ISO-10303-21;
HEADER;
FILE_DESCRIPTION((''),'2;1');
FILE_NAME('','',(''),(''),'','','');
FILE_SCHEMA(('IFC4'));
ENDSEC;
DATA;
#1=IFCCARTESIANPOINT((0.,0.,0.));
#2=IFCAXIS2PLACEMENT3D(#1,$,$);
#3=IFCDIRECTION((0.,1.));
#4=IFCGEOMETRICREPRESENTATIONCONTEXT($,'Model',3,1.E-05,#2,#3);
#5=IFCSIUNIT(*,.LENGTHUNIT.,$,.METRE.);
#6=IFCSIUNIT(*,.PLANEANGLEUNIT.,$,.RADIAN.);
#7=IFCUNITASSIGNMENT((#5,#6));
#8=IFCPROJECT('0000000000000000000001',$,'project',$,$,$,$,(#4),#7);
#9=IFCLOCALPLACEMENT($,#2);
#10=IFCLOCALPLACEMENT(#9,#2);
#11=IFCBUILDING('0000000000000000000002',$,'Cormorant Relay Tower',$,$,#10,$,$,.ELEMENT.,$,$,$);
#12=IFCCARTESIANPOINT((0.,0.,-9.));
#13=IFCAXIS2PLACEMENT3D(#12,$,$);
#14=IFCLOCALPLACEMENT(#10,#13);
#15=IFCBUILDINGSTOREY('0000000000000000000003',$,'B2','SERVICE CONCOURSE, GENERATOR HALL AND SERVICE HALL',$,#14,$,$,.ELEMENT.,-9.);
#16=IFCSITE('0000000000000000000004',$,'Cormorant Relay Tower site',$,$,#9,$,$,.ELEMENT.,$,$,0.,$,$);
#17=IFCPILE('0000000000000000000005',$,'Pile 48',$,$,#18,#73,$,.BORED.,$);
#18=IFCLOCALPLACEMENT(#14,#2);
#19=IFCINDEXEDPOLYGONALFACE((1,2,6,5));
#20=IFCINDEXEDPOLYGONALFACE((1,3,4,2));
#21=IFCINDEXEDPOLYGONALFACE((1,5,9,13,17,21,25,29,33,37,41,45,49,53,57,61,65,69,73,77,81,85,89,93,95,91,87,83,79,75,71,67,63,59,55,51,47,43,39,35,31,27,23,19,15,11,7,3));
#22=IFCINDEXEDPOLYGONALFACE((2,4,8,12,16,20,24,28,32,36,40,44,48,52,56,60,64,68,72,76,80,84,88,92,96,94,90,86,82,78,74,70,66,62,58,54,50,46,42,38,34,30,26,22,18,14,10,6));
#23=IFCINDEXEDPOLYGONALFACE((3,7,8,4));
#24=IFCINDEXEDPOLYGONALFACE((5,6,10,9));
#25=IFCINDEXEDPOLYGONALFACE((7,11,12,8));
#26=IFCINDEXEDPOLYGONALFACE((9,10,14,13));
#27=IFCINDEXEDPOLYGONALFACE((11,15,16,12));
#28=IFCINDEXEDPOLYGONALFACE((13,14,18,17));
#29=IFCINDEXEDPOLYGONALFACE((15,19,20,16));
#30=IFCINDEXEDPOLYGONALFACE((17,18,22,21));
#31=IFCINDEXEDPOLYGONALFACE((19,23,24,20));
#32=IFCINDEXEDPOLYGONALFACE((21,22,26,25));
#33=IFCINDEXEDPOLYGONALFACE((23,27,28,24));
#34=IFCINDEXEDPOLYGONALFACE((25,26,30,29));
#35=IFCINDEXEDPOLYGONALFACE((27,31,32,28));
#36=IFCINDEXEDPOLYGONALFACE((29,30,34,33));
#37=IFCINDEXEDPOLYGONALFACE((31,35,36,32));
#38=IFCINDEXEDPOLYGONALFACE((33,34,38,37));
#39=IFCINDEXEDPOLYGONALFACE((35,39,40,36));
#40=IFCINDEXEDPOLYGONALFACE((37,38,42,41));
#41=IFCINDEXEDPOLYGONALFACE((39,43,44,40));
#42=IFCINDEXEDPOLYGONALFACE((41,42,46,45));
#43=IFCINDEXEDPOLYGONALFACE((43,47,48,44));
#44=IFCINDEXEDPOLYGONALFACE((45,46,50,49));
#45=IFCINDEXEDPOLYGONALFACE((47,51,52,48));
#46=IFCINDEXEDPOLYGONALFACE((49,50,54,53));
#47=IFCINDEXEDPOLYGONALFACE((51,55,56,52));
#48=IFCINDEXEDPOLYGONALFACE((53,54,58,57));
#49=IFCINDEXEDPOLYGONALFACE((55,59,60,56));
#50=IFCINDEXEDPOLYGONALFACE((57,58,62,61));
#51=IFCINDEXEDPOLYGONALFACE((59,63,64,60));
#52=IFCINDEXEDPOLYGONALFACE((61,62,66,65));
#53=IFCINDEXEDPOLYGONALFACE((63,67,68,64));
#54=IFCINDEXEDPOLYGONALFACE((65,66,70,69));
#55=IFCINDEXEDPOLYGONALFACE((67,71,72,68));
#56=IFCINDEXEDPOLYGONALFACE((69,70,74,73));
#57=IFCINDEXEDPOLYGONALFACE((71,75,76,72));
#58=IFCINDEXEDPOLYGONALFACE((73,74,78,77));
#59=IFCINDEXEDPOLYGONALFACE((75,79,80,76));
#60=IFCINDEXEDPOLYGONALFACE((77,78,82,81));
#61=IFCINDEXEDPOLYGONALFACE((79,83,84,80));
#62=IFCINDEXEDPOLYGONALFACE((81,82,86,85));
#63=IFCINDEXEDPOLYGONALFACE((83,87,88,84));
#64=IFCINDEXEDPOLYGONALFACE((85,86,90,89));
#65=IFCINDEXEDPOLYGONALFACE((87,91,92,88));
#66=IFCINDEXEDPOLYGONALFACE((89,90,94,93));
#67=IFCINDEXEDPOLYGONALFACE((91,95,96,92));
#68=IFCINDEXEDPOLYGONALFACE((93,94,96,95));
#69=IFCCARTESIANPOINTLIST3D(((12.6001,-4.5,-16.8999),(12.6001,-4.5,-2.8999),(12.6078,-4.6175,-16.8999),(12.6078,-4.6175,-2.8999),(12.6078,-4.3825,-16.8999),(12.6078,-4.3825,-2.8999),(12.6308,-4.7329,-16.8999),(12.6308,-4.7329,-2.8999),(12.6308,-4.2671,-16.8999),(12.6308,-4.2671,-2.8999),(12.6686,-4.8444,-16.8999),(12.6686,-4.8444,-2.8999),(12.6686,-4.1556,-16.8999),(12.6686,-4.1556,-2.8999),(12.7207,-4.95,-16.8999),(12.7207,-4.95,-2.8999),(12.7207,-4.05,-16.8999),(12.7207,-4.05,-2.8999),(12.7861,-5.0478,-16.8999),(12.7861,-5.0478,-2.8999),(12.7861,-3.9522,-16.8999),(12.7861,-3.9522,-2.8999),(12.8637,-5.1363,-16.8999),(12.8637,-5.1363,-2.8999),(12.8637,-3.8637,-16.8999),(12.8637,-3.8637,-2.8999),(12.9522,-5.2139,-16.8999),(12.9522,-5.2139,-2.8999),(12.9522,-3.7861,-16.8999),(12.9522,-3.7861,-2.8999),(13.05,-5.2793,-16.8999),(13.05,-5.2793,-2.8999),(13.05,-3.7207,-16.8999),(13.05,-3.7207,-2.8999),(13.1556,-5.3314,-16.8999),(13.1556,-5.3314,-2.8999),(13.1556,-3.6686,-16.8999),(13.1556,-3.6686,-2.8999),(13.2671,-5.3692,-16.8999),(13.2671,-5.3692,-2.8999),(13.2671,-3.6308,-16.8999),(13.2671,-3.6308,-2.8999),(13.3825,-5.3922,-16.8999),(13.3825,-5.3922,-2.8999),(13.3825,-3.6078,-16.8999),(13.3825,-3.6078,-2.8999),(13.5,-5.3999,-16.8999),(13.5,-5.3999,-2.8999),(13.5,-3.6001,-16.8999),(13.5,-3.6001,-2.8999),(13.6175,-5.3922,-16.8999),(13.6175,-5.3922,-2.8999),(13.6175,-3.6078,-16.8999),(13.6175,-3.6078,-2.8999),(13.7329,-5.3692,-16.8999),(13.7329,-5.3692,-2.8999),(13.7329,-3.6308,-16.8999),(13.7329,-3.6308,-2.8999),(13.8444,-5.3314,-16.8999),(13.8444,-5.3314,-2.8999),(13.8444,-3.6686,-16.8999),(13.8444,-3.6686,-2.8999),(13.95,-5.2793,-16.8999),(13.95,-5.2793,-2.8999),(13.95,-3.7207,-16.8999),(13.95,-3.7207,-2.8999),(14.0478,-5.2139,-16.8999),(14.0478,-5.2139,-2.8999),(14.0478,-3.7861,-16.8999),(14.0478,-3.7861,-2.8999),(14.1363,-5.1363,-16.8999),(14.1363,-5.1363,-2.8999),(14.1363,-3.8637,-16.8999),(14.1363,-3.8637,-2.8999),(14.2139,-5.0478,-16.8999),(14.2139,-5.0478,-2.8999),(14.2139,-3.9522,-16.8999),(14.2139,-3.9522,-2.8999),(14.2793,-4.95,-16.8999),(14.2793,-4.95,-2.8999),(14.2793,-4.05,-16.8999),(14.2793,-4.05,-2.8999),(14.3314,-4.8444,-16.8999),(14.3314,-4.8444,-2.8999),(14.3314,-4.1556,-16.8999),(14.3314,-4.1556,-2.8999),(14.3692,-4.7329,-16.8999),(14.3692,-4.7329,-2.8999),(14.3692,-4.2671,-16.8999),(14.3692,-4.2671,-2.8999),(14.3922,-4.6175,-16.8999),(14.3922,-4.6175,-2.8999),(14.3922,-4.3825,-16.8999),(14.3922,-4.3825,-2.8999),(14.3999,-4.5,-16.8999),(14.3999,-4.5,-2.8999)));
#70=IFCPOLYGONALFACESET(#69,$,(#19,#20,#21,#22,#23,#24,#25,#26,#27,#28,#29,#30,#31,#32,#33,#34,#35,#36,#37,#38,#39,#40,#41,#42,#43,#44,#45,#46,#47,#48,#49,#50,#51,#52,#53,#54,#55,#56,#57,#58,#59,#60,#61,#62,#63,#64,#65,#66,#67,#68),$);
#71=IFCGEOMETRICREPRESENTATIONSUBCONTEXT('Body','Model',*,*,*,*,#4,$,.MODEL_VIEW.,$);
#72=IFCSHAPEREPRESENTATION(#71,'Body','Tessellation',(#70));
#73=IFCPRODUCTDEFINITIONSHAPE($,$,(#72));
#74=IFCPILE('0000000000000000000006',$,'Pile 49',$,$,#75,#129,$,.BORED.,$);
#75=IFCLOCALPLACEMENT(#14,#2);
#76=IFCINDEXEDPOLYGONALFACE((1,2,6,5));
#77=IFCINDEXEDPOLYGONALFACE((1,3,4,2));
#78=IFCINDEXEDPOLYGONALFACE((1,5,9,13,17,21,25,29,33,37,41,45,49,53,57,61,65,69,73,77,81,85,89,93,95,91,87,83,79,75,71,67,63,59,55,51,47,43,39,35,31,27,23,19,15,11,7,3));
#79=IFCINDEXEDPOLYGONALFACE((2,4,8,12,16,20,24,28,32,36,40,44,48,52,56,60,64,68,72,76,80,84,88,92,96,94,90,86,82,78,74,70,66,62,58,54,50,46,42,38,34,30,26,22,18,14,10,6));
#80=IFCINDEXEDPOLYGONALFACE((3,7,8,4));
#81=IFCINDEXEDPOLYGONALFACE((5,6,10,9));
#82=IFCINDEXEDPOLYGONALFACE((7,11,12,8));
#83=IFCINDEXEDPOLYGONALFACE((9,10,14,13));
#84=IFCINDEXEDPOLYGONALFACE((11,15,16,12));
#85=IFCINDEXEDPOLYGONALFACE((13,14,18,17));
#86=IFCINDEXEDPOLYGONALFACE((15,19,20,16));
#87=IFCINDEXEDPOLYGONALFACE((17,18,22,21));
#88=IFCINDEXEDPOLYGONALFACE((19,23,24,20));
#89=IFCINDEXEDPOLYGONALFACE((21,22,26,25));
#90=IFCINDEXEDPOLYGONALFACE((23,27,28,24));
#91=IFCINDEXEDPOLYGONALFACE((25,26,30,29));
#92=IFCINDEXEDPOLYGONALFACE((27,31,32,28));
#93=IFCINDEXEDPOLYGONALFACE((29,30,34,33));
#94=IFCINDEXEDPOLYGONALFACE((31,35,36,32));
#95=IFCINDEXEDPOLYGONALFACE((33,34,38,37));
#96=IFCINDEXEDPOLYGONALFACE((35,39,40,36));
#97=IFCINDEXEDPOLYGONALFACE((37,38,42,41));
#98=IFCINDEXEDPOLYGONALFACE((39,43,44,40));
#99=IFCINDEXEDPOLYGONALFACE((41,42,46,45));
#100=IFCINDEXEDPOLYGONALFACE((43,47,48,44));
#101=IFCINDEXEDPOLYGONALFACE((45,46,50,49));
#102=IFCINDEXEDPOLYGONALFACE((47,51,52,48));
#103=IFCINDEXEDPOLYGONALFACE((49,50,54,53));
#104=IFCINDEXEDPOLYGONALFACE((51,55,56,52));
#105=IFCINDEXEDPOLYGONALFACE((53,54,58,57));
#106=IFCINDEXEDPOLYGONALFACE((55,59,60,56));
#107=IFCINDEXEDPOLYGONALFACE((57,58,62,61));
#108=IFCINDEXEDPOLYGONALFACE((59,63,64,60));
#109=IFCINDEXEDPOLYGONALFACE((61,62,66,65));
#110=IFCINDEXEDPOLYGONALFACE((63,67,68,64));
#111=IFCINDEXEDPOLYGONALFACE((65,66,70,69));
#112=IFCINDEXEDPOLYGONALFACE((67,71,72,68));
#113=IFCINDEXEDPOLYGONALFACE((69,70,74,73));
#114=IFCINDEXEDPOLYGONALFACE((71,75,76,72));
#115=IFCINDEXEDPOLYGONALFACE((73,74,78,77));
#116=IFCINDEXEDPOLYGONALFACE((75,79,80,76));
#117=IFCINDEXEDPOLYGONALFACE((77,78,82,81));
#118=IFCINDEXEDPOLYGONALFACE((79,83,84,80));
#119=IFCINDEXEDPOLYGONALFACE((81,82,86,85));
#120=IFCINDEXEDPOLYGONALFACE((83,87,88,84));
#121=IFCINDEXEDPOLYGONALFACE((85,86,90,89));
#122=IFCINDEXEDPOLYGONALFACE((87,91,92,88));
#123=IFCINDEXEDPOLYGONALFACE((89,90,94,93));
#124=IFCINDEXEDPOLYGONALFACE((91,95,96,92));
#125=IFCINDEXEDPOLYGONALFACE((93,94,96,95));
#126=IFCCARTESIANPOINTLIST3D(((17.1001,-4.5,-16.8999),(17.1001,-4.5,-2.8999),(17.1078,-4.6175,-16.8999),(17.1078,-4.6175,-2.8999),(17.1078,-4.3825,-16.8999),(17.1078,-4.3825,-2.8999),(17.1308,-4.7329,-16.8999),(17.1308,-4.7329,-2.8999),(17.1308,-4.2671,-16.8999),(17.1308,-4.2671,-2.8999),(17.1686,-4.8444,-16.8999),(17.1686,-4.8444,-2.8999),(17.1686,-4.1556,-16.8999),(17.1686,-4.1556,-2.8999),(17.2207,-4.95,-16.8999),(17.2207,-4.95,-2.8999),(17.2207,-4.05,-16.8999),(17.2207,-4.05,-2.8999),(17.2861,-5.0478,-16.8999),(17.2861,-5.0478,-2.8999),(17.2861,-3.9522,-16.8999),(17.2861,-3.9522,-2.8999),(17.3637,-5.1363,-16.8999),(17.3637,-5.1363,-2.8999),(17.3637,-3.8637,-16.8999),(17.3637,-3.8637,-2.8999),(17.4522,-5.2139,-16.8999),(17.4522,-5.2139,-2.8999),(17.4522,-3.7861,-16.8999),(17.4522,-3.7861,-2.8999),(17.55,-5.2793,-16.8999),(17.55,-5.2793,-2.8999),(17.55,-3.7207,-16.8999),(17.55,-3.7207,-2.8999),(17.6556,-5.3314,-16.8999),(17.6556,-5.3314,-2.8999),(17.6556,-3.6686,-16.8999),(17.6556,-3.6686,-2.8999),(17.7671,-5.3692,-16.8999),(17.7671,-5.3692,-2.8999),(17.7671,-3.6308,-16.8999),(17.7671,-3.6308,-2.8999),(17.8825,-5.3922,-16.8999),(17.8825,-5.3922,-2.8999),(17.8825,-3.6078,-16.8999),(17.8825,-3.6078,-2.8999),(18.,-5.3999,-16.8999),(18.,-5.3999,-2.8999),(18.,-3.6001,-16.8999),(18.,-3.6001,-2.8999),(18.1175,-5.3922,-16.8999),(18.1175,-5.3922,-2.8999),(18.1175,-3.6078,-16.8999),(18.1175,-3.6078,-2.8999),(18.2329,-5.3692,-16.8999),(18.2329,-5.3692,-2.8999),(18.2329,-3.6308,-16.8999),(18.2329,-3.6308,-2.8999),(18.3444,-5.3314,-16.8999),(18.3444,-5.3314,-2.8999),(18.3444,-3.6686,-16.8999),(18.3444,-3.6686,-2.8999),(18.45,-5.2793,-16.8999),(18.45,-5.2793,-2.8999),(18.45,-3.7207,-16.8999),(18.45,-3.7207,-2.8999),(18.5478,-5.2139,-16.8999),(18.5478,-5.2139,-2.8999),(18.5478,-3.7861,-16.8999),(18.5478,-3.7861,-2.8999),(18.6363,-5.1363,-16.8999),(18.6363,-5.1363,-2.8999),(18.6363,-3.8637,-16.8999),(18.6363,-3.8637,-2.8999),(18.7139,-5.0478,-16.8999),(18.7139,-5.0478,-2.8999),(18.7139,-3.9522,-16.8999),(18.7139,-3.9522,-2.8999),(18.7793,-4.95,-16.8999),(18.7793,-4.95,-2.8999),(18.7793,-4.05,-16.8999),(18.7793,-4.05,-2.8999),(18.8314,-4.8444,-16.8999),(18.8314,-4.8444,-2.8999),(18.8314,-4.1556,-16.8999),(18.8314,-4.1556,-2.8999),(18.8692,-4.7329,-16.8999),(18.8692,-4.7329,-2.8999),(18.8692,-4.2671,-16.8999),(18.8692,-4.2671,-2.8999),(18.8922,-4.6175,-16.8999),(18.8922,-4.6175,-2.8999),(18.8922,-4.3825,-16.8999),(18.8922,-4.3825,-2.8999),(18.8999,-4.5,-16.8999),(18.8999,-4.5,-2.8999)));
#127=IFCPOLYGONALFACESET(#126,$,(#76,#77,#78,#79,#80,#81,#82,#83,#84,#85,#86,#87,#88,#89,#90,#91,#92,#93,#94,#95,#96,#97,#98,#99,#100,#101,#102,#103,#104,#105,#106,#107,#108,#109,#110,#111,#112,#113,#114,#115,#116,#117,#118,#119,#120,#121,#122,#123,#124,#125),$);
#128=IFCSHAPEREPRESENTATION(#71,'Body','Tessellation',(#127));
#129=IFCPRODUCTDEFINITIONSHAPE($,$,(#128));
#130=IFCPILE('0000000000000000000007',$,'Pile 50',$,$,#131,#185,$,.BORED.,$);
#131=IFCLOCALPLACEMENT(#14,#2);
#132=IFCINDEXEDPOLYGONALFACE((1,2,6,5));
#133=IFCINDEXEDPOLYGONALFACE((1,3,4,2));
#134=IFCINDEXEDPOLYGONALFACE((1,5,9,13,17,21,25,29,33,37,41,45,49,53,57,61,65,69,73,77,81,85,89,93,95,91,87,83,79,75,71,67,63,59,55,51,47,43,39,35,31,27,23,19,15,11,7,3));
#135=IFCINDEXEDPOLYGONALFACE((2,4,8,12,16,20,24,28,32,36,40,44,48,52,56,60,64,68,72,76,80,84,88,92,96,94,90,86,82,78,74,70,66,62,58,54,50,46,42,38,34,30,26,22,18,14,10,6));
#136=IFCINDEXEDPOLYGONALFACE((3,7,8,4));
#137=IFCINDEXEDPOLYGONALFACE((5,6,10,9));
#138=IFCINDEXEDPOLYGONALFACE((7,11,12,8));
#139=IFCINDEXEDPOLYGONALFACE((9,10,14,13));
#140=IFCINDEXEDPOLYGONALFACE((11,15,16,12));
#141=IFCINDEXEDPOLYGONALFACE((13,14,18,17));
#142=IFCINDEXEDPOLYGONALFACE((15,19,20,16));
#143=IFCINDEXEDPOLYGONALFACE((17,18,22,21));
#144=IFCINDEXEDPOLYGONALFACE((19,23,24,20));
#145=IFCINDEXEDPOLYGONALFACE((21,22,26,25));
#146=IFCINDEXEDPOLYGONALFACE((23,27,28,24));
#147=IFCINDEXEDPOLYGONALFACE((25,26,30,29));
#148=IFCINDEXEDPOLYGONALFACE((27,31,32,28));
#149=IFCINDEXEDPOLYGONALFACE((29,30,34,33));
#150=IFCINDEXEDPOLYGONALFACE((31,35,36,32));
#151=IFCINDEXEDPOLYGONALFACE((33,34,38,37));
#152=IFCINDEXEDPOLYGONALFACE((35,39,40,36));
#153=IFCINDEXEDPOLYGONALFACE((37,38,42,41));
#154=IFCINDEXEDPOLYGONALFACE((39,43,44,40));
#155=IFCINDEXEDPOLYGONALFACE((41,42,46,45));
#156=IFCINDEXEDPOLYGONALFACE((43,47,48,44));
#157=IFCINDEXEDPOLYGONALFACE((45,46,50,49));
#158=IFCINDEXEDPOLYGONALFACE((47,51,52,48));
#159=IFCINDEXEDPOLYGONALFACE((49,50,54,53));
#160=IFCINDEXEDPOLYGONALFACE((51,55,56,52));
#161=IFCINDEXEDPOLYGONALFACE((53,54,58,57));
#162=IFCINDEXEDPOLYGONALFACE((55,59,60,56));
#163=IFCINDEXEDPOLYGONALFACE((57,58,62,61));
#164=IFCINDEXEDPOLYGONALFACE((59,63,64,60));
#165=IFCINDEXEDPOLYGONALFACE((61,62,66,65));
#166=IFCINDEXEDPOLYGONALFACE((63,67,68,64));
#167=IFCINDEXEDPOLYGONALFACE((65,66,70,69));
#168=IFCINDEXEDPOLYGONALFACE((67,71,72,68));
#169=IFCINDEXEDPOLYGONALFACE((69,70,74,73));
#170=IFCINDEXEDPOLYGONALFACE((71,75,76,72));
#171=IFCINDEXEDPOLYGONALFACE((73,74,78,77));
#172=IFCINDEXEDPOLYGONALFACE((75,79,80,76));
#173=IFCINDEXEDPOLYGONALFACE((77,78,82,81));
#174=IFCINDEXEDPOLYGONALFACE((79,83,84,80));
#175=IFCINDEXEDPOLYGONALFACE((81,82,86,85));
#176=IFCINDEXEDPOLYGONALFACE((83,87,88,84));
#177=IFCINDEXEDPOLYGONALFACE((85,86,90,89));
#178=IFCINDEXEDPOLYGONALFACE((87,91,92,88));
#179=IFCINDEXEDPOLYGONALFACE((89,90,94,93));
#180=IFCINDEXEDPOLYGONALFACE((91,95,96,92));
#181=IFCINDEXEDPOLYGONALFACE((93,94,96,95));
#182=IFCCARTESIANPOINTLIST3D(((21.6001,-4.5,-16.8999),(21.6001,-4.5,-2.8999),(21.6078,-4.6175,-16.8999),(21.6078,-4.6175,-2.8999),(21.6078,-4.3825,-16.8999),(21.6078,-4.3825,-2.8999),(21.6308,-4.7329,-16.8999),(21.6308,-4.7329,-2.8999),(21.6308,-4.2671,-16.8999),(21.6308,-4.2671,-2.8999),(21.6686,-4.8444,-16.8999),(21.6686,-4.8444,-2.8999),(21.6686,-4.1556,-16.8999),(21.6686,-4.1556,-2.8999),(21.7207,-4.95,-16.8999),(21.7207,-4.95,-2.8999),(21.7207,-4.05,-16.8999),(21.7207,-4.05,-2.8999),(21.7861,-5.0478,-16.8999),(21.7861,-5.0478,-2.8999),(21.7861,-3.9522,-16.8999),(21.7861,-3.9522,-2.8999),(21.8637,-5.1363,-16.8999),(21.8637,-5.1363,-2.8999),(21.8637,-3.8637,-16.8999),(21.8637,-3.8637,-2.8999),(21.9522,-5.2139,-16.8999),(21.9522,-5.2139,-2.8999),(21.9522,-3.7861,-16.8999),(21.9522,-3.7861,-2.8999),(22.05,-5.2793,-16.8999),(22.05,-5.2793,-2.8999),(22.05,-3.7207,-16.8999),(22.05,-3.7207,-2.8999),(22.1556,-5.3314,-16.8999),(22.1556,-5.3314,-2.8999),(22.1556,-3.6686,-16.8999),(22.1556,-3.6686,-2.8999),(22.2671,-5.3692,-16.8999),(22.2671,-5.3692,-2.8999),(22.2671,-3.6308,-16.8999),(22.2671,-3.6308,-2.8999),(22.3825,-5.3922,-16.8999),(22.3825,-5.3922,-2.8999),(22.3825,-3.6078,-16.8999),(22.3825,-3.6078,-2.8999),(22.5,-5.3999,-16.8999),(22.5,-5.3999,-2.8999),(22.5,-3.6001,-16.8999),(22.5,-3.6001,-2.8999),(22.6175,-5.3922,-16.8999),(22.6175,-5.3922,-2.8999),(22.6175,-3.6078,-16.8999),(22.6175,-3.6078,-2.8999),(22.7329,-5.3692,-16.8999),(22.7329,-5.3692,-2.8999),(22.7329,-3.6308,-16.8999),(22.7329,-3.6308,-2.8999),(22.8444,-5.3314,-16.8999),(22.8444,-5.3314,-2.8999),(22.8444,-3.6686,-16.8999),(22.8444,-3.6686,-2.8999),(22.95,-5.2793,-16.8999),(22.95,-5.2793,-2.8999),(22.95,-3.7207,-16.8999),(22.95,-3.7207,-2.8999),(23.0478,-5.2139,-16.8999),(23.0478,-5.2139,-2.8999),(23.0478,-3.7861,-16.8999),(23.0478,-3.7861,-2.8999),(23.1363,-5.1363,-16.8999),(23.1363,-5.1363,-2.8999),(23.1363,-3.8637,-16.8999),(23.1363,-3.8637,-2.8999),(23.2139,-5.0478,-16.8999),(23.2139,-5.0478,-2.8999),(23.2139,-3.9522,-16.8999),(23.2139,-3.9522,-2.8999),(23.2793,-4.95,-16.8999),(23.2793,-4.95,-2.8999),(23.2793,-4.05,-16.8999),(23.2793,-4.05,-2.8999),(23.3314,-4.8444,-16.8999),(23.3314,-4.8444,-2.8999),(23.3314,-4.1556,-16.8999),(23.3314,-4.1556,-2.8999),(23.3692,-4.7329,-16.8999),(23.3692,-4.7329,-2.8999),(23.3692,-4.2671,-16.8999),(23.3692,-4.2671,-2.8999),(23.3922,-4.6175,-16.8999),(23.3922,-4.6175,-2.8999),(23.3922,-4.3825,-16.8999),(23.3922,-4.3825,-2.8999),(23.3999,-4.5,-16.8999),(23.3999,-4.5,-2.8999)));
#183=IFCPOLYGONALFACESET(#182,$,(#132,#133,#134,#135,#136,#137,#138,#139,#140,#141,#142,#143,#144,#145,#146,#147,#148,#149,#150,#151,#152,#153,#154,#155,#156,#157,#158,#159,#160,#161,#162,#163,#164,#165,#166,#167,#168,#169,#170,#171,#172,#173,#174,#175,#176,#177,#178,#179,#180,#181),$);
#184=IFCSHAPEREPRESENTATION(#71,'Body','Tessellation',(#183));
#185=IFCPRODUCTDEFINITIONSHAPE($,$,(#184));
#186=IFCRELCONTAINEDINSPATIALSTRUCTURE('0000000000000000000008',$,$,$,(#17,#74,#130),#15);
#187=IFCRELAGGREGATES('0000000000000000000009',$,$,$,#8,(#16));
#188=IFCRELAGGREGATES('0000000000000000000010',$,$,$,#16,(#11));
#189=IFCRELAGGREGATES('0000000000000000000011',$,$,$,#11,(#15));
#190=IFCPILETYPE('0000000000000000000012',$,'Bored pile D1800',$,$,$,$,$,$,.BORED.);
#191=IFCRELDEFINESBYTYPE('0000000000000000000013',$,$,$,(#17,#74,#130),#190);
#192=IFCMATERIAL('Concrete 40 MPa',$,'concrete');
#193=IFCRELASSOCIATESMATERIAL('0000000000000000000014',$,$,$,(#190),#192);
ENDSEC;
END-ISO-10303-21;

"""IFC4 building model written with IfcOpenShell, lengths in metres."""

from ifc_helpers import new_model, si_unit, direction, frame, origin, origin_2d, place, context, subcontext, project, spatial, circle, extrude, material, material_profile, profile_set, type_object, element, save


model = new_model("IFC4")

# Units and contexts
model_context = context("Model", 3, precision=1e-05, world=origin(), true_north=direction((0.0, 1.0)))
body_context = subcontext(model_context, "Body", "Model", "MODEL_VIEW")
ifc_project = project(units=[si_unit("LENGTHUNIT", "METRE"), si_unit("PLANEANGLEUNIT", "RADIAN")], contexts=[model_context])

# Site, building, storey
site_placement = place(None, origin())
site = spatial("IfcSite", under=ifc_project, at=site_placement, Name="Cormorant Relay Tower site", CompositionType="ELEMENT", RefElevation=0.0)
building_placement = place(site_placement, origin())
building = spatial("IfcBuilding", under=site, at=building_placement, Name="Cormorant Relay Tower", CompositionType="ELEMENT")
storey_placement = place(building_placement, frame((0.0, 0.0, -9.0)))
storey = spatial("IfcBuildingStorey", under=building, at=storey_placement, Name="B2", Description="SERVICE CONCOURSE, GENERATOR HALL AND SERVICE HALL", CompositionType="ELEMENT", Elevation=-9.0)

# Piles
ifc_material_1 = material(Name="Concrete 40 MPa", Category="concrete")
ifc_material_profile_1 = material_profile(ifc_material_1, circle(Radius=0.8999, at=origin_2d()), Name="BP1800")
ifc_profile_set_1 = profile_set([ifc_material_profile_1], Name="Concrete 40 MPa")
pile_type = type_object("IfcPileType", Name="Bored pile D1800", PredefinedType="BORED", material=ifc_profile_set_1)
for number, where, z_axis, x_axis, name in (
    (1, (13.5, -4.5, -2.8999), (0.0, 0.0, -1.0), (1.0, 0.0, 0.0), "Pile 48"),
    (2, (18.0, -4.5, -2.8999), (0.0, 0.0, -1.0), (1.0, 0.0, 0.0), "Pile 49"),
    (3, (22.5, -4.5, -2.8999), (0.0, 0.0, -1.0), (1.0, 0.0, 0.0), "Pile 50"),
):
    element("IfcPile", number, at=place(storey_placement, frame(where, z_axis=z_axis, x_axis=x_axis)), inside=storey, type_object=pile_type, Name=name, PredefinedType="BORED", context=body_context, shape_type="SweptSolid", body=[
        extrude(circle(Radius=0.8999, at=origin_2d()), origin(), (0.0, 0.0, 1.0), 14.0),
    ])

save(model, "model.ifc")
